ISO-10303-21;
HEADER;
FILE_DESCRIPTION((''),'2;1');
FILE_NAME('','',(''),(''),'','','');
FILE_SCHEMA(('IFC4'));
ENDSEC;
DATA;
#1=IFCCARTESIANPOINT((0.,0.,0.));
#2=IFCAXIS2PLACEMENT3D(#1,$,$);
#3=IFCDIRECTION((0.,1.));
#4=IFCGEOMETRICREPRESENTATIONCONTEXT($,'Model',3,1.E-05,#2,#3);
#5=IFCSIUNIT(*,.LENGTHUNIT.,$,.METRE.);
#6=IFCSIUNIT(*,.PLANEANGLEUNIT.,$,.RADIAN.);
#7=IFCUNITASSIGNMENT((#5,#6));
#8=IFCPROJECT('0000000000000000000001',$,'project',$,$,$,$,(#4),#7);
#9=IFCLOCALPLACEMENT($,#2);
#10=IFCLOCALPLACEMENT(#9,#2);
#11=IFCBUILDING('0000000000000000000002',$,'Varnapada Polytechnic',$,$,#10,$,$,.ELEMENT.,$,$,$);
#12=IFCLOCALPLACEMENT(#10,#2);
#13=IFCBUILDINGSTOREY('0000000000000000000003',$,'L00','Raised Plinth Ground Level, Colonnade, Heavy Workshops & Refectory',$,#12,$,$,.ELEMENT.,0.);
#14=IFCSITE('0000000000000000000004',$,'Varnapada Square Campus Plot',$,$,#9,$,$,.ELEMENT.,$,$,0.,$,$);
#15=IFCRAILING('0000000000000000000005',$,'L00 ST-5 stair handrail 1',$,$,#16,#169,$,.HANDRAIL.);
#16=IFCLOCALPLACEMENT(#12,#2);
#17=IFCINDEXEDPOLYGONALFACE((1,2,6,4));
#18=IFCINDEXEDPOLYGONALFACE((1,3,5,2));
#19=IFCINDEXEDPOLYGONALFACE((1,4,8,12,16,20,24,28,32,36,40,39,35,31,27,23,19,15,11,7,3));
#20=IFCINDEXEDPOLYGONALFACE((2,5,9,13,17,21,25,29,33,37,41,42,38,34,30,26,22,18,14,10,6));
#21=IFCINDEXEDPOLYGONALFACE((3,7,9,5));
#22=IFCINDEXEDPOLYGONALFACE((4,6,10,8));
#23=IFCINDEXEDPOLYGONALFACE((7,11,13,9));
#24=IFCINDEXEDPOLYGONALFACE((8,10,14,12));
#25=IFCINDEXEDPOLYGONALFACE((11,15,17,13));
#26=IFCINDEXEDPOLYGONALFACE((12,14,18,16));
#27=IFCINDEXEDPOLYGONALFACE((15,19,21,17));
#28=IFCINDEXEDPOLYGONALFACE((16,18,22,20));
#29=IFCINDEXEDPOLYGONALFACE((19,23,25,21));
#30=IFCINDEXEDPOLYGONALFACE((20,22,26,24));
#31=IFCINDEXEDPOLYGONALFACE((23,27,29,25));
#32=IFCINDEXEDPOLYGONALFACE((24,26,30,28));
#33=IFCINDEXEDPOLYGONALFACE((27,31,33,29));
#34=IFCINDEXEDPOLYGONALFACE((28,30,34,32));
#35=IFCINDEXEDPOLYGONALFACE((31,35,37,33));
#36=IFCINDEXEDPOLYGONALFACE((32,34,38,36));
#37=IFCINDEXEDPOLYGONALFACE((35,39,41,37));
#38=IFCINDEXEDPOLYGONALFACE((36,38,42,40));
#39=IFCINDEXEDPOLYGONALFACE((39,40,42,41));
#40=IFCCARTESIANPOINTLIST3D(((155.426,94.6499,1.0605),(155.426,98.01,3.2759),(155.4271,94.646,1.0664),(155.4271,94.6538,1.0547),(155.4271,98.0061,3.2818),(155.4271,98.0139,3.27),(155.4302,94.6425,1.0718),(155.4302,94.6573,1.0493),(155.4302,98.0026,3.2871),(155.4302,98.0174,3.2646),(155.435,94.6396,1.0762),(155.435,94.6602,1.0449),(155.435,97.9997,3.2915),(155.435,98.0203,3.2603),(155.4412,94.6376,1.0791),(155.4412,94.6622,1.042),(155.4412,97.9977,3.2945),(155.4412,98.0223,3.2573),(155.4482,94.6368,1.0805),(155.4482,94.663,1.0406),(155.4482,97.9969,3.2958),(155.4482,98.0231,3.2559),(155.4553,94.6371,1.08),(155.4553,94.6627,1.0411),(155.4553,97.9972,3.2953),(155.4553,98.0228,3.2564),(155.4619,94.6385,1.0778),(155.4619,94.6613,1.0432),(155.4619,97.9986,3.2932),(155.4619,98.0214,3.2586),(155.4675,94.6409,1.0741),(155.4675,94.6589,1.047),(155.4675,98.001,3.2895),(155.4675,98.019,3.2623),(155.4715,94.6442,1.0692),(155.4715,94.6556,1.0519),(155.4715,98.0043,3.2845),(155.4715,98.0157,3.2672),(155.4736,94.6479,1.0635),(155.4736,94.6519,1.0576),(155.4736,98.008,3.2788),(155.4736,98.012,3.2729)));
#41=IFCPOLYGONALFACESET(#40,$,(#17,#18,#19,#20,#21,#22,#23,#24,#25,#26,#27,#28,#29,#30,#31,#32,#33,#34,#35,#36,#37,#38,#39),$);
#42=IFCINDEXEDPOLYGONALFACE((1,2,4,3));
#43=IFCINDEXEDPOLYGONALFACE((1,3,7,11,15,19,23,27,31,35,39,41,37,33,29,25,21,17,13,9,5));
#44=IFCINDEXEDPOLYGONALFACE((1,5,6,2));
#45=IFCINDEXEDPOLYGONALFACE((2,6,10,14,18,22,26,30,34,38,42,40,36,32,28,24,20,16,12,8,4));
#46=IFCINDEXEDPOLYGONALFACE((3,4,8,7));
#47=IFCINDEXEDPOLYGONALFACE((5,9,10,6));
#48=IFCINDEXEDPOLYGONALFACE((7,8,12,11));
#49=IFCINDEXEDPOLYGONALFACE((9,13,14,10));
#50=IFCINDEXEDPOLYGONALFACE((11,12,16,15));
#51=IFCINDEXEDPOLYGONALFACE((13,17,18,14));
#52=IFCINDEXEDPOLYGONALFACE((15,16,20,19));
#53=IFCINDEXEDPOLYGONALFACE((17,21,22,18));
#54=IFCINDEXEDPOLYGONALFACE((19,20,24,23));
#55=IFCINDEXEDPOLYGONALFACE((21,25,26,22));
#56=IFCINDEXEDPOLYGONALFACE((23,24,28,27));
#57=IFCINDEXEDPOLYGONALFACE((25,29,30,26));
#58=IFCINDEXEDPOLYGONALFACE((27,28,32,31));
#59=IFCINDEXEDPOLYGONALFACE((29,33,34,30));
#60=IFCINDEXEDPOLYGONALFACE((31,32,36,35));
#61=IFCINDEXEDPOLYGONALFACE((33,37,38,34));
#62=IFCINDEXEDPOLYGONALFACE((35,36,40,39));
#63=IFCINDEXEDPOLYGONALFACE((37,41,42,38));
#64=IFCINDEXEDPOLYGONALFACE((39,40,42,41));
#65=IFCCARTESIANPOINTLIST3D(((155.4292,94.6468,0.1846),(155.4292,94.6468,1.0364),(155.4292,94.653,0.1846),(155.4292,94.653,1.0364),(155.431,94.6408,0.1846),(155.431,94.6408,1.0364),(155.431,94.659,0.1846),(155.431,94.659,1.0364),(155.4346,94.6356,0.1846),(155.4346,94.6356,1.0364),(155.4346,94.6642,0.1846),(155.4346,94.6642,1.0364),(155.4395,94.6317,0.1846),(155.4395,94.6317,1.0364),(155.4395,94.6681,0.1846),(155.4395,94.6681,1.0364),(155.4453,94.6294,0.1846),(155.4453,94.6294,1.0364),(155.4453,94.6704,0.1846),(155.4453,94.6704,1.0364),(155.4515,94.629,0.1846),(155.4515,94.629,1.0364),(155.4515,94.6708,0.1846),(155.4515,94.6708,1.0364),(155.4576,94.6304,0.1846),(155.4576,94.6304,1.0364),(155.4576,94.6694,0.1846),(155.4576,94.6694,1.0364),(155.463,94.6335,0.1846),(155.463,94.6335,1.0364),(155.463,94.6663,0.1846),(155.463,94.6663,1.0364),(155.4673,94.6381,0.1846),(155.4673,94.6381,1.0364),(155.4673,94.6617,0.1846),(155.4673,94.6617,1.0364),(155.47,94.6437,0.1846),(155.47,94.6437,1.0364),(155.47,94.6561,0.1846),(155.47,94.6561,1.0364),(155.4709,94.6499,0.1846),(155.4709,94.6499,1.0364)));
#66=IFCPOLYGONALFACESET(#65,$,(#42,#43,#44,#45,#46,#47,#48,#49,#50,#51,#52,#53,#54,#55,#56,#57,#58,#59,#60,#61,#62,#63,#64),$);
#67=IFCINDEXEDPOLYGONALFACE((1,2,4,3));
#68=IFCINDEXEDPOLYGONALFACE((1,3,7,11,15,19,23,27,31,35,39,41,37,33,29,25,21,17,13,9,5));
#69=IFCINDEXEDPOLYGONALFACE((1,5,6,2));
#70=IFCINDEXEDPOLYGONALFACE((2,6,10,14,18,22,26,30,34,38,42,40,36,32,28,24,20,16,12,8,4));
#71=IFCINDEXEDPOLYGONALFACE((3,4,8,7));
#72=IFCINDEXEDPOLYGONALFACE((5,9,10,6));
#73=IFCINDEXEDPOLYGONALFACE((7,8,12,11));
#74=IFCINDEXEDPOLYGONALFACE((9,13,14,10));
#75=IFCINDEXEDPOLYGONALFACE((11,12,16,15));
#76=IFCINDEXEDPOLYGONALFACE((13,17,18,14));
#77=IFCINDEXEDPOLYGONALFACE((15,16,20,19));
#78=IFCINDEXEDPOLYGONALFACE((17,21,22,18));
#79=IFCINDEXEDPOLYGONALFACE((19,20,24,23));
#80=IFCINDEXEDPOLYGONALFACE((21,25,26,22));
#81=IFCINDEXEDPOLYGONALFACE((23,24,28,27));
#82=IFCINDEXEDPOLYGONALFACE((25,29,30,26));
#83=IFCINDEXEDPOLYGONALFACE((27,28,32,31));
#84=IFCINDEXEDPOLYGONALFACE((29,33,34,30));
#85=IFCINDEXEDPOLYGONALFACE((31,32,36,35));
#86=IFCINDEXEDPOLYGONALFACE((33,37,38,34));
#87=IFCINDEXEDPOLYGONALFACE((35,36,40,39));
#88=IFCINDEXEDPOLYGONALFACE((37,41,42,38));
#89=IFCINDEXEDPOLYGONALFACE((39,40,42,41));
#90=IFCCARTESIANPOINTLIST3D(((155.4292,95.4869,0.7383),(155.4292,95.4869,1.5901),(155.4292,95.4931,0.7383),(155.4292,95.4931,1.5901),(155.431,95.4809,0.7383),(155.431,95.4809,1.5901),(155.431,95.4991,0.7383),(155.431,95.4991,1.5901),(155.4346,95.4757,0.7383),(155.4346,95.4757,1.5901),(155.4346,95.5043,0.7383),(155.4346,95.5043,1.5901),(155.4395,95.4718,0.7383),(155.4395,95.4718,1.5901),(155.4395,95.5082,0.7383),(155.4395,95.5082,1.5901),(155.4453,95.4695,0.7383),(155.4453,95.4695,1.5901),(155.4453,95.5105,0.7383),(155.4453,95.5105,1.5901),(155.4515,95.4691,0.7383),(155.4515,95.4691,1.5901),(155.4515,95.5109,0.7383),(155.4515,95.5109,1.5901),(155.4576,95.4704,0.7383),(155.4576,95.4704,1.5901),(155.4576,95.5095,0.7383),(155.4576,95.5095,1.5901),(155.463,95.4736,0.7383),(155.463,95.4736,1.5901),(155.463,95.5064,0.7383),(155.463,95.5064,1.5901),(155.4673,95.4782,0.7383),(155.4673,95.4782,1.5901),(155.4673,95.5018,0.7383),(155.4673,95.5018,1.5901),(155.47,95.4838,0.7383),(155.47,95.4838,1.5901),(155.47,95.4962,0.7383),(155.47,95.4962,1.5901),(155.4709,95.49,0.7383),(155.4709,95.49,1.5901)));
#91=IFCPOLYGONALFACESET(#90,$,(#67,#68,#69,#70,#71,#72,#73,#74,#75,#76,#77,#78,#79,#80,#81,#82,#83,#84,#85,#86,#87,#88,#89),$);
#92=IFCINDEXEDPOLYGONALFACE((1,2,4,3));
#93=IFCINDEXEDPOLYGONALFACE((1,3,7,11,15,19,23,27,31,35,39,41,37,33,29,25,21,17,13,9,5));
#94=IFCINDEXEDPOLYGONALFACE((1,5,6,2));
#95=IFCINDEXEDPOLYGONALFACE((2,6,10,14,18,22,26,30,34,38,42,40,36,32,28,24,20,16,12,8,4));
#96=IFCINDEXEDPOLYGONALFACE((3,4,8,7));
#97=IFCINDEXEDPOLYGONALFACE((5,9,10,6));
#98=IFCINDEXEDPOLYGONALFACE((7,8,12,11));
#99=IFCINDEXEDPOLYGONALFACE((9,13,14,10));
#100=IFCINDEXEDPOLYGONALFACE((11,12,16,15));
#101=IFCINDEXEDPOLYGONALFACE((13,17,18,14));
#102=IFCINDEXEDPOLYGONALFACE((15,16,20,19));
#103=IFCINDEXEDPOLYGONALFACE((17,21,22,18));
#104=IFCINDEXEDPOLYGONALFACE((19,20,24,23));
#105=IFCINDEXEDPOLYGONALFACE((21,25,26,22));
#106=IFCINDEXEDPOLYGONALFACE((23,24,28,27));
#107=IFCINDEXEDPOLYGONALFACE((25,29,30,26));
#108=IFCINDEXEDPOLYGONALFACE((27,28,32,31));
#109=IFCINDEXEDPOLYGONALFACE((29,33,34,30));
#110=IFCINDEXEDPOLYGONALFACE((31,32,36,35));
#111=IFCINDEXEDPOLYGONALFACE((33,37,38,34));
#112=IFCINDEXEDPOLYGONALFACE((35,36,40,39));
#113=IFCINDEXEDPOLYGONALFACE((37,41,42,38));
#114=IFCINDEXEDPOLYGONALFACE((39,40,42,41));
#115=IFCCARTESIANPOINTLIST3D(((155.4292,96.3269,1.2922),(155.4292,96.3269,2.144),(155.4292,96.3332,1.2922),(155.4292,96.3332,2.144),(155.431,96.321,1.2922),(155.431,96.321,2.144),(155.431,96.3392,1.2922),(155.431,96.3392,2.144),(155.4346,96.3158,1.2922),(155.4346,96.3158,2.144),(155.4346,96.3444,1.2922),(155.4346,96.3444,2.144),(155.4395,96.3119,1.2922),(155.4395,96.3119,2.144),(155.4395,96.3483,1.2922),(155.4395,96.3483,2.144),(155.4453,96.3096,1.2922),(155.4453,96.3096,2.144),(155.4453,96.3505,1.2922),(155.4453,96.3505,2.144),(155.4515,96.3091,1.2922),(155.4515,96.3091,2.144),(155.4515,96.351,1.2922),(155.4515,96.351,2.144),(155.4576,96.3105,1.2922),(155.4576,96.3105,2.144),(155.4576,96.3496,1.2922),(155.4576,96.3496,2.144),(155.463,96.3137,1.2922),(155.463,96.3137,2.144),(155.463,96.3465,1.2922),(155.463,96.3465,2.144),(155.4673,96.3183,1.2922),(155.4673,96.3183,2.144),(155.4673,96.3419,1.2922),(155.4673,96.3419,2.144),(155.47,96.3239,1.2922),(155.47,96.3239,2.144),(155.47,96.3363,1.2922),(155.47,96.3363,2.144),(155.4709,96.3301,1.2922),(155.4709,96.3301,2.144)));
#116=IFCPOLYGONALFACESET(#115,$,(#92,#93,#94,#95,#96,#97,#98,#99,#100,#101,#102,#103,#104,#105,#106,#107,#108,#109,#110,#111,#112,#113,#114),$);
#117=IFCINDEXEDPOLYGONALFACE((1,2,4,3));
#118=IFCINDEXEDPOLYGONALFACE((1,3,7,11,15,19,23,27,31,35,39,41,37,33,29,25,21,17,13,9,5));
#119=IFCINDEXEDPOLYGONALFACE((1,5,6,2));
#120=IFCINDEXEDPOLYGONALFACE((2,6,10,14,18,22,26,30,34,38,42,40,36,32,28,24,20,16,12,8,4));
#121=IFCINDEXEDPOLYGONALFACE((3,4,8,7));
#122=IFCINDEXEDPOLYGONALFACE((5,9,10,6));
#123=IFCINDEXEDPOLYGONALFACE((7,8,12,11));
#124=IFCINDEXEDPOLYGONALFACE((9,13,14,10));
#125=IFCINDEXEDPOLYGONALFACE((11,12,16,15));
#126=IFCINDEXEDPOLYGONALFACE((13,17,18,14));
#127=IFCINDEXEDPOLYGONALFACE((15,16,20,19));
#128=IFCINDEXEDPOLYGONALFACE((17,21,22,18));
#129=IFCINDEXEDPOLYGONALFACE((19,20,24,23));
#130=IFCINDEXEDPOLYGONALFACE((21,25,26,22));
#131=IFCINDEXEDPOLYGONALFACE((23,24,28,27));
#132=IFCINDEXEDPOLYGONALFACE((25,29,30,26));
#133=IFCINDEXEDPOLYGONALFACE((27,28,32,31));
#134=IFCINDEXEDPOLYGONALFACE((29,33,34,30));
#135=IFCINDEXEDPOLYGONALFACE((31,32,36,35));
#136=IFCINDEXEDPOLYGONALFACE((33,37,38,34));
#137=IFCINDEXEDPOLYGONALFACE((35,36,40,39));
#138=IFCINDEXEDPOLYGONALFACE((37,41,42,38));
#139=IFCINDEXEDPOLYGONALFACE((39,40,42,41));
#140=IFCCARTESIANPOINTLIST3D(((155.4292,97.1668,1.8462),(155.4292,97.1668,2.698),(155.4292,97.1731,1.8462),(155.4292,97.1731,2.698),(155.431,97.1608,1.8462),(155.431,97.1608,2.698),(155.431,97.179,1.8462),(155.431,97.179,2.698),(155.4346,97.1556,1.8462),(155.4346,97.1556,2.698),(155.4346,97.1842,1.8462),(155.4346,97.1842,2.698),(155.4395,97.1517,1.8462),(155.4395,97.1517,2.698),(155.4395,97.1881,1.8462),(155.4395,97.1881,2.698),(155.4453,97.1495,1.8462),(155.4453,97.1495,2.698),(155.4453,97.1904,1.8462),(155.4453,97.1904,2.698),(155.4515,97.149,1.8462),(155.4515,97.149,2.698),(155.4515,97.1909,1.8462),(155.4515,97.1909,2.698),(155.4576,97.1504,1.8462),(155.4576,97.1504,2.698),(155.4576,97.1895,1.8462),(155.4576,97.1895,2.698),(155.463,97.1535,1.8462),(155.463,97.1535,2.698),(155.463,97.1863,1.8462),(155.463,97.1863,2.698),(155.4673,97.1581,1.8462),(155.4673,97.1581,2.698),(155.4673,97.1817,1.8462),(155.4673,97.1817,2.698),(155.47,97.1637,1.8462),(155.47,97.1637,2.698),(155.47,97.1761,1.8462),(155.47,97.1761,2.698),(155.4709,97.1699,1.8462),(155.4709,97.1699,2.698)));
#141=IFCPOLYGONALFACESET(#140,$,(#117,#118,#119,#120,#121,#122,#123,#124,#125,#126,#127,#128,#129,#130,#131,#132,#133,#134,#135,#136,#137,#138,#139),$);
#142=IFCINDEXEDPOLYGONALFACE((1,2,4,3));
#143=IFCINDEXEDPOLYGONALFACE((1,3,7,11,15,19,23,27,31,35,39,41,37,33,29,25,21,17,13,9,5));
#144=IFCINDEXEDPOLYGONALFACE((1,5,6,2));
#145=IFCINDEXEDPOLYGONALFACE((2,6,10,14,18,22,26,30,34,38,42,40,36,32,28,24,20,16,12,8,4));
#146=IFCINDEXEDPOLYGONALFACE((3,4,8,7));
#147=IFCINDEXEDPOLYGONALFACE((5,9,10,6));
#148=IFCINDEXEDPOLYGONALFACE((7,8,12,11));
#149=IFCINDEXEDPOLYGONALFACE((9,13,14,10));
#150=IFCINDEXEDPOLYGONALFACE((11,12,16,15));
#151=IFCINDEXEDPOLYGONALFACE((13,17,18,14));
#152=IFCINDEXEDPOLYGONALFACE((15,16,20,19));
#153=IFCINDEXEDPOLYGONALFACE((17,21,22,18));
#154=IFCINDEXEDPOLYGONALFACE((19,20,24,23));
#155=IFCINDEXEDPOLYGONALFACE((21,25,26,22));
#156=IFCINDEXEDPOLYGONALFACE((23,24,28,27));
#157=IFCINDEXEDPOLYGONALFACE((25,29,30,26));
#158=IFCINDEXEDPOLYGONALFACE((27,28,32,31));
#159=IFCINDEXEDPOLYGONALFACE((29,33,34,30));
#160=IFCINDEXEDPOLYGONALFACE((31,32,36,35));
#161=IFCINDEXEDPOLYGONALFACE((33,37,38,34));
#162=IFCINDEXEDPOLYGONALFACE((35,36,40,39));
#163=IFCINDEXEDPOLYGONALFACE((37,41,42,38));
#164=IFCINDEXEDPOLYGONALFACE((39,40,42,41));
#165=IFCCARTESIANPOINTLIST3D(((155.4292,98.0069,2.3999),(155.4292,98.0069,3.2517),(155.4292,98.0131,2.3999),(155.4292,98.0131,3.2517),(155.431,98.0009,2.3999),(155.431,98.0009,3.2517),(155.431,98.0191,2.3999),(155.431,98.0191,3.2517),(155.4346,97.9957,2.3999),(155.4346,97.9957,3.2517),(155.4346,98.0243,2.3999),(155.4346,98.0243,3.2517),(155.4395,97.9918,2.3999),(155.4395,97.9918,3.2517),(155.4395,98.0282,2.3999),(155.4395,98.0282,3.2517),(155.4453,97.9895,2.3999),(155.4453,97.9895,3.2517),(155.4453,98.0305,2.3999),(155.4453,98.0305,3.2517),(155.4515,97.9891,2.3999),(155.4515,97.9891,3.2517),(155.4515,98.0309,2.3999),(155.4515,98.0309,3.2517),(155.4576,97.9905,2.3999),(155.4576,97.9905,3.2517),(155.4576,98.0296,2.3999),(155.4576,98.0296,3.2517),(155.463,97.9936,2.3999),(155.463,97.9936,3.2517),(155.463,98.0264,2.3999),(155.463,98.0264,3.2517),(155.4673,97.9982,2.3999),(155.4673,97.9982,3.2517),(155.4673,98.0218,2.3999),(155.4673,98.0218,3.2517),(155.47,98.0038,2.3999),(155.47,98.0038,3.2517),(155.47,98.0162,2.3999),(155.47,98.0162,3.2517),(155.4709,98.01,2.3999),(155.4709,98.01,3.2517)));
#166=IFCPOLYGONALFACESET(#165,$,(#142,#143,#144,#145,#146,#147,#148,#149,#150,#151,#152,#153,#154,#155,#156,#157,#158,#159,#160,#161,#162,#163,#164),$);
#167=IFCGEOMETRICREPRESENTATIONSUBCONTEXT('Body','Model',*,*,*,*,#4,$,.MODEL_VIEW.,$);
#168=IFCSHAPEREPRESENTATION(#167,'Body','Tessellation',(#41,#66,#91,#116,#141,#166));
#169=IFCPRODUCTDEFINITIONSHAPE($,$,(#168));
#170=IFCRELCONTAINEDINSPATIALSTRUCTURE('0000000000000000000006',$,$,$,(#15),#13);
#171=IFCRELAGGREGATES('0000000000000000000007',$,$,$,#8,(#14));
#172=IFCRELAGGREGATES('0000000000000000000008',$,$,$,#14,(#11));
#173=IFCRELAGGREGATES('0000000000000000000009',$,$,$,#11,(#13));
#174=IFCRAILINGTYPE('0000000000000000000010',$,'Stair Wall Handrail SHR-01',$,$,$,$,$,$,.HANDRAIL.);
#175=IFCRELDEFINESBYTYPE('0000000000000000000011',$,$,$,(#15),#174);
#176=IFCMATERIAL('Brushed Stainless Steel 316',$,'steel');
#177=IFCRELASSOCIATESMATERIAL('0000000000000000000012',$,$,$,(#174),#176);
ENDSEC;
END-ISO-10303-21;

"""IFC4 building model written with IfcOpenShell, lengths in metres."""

from ifc_helpers import new_model, si_unit, direction, frame, origin, origin_2d, place, context, subcontext, project, spatial, circle, extrude, material, type_object, element, save


model = new_model("IFC4")

# Units and contexts
model_context = context("Model", 3, precision=1e-05, world=origin(), true_north=direction((0.0, 1.0)))
body_context = subcontext(model_context, "Body", "Model", "MODEL_VIEW")
ifc_project = project(units=[si_unit("LENGTHUNIT", "METRE"), si_unit("PLANEANGLEUNIT", "RADIAN")], contexts=[model_context])

# Site, building, storey
site_placement = place(None, origin())
site = spatial("IfcSite", under=ifc_project, at=site_placement, Name="Varnapada Square Campus Plot", CompositionType="ELEMENT", RefElevation=0.0)
building_placement = place(site_placement, origin())
building = spatial("IfcBuilding", under=site, at=building_placement, Name="Varnapada Polytechnic", CompositionType="ELEMENT")
storey_placement = place(building_placement, origin())
storey = spatial("IfcBuildingStorey", under=building, at=storey_placement, Name="L00", Description="Raised Plinth Ground Level, Colonnade, Heavy Workshops & Refectory", CompositionType="ELEMENT", Elevation=0.0)

# Shared definitions
ifc_material_1 = material(Name="Brushed Stainless Steel 316", Category="steel")

# Railing
railing_type_1 = type_object("IfcRailingType", Name="Stair Wall Handrail SHR-01", PredefinedType="HANDRAIL", material=ifc_material_1)
railing_1_placement = place(storey_placement, frame((155.45, 94.6499, 0.1846)))
element("IfcRailing", 1, at=railing_1_placement, inside=storey, type_object=railing_type_1, Name="L00 ST-5 stair handrail 1", PredefinedType="HANDRAIL", context=body_context, shape_type="SweptSolid", body=[
    extrude(circle(Radius=0.0239, at=origin_2d()), frame((0.0, 0.0, 0.876), z_axis=(0.0, 0.834876, 0.550437), x_axis=(-1.0, 0.0, 0.0)), (0.0, 0.0, 1.0), 4.0247),
    extrude(circle(Radius=0.021, at=origin_2d()), origin(), (0.0, 0.0, 1.0), 0.8518),
    extrude(circle(Radius=0.021, at=origin_2d()), frame((0.0, 0.8401, 0.5537)), (0.0, 0.0, 1.0), 0.8518),
    extrude(circle(Radius=0.021, at=origin_2d()), frame((0.0, 1.6802, 1.1077)), (0.0, 0.0, 1.0), 0.8518),
    extrude(circle(Radius=0.021, at=origin_2d()), frame((0.0, 2.52, 1.6616)), (0.0, 0.0, 1.0), 0.8518),
    extrude(circle(Radius=0.021, at=origin_2d()), frame((0.0, 3.3601, 2.2153)), (0.0, 0.0, 1.0), 0.8518),
])

save(model, "model.ifc")
